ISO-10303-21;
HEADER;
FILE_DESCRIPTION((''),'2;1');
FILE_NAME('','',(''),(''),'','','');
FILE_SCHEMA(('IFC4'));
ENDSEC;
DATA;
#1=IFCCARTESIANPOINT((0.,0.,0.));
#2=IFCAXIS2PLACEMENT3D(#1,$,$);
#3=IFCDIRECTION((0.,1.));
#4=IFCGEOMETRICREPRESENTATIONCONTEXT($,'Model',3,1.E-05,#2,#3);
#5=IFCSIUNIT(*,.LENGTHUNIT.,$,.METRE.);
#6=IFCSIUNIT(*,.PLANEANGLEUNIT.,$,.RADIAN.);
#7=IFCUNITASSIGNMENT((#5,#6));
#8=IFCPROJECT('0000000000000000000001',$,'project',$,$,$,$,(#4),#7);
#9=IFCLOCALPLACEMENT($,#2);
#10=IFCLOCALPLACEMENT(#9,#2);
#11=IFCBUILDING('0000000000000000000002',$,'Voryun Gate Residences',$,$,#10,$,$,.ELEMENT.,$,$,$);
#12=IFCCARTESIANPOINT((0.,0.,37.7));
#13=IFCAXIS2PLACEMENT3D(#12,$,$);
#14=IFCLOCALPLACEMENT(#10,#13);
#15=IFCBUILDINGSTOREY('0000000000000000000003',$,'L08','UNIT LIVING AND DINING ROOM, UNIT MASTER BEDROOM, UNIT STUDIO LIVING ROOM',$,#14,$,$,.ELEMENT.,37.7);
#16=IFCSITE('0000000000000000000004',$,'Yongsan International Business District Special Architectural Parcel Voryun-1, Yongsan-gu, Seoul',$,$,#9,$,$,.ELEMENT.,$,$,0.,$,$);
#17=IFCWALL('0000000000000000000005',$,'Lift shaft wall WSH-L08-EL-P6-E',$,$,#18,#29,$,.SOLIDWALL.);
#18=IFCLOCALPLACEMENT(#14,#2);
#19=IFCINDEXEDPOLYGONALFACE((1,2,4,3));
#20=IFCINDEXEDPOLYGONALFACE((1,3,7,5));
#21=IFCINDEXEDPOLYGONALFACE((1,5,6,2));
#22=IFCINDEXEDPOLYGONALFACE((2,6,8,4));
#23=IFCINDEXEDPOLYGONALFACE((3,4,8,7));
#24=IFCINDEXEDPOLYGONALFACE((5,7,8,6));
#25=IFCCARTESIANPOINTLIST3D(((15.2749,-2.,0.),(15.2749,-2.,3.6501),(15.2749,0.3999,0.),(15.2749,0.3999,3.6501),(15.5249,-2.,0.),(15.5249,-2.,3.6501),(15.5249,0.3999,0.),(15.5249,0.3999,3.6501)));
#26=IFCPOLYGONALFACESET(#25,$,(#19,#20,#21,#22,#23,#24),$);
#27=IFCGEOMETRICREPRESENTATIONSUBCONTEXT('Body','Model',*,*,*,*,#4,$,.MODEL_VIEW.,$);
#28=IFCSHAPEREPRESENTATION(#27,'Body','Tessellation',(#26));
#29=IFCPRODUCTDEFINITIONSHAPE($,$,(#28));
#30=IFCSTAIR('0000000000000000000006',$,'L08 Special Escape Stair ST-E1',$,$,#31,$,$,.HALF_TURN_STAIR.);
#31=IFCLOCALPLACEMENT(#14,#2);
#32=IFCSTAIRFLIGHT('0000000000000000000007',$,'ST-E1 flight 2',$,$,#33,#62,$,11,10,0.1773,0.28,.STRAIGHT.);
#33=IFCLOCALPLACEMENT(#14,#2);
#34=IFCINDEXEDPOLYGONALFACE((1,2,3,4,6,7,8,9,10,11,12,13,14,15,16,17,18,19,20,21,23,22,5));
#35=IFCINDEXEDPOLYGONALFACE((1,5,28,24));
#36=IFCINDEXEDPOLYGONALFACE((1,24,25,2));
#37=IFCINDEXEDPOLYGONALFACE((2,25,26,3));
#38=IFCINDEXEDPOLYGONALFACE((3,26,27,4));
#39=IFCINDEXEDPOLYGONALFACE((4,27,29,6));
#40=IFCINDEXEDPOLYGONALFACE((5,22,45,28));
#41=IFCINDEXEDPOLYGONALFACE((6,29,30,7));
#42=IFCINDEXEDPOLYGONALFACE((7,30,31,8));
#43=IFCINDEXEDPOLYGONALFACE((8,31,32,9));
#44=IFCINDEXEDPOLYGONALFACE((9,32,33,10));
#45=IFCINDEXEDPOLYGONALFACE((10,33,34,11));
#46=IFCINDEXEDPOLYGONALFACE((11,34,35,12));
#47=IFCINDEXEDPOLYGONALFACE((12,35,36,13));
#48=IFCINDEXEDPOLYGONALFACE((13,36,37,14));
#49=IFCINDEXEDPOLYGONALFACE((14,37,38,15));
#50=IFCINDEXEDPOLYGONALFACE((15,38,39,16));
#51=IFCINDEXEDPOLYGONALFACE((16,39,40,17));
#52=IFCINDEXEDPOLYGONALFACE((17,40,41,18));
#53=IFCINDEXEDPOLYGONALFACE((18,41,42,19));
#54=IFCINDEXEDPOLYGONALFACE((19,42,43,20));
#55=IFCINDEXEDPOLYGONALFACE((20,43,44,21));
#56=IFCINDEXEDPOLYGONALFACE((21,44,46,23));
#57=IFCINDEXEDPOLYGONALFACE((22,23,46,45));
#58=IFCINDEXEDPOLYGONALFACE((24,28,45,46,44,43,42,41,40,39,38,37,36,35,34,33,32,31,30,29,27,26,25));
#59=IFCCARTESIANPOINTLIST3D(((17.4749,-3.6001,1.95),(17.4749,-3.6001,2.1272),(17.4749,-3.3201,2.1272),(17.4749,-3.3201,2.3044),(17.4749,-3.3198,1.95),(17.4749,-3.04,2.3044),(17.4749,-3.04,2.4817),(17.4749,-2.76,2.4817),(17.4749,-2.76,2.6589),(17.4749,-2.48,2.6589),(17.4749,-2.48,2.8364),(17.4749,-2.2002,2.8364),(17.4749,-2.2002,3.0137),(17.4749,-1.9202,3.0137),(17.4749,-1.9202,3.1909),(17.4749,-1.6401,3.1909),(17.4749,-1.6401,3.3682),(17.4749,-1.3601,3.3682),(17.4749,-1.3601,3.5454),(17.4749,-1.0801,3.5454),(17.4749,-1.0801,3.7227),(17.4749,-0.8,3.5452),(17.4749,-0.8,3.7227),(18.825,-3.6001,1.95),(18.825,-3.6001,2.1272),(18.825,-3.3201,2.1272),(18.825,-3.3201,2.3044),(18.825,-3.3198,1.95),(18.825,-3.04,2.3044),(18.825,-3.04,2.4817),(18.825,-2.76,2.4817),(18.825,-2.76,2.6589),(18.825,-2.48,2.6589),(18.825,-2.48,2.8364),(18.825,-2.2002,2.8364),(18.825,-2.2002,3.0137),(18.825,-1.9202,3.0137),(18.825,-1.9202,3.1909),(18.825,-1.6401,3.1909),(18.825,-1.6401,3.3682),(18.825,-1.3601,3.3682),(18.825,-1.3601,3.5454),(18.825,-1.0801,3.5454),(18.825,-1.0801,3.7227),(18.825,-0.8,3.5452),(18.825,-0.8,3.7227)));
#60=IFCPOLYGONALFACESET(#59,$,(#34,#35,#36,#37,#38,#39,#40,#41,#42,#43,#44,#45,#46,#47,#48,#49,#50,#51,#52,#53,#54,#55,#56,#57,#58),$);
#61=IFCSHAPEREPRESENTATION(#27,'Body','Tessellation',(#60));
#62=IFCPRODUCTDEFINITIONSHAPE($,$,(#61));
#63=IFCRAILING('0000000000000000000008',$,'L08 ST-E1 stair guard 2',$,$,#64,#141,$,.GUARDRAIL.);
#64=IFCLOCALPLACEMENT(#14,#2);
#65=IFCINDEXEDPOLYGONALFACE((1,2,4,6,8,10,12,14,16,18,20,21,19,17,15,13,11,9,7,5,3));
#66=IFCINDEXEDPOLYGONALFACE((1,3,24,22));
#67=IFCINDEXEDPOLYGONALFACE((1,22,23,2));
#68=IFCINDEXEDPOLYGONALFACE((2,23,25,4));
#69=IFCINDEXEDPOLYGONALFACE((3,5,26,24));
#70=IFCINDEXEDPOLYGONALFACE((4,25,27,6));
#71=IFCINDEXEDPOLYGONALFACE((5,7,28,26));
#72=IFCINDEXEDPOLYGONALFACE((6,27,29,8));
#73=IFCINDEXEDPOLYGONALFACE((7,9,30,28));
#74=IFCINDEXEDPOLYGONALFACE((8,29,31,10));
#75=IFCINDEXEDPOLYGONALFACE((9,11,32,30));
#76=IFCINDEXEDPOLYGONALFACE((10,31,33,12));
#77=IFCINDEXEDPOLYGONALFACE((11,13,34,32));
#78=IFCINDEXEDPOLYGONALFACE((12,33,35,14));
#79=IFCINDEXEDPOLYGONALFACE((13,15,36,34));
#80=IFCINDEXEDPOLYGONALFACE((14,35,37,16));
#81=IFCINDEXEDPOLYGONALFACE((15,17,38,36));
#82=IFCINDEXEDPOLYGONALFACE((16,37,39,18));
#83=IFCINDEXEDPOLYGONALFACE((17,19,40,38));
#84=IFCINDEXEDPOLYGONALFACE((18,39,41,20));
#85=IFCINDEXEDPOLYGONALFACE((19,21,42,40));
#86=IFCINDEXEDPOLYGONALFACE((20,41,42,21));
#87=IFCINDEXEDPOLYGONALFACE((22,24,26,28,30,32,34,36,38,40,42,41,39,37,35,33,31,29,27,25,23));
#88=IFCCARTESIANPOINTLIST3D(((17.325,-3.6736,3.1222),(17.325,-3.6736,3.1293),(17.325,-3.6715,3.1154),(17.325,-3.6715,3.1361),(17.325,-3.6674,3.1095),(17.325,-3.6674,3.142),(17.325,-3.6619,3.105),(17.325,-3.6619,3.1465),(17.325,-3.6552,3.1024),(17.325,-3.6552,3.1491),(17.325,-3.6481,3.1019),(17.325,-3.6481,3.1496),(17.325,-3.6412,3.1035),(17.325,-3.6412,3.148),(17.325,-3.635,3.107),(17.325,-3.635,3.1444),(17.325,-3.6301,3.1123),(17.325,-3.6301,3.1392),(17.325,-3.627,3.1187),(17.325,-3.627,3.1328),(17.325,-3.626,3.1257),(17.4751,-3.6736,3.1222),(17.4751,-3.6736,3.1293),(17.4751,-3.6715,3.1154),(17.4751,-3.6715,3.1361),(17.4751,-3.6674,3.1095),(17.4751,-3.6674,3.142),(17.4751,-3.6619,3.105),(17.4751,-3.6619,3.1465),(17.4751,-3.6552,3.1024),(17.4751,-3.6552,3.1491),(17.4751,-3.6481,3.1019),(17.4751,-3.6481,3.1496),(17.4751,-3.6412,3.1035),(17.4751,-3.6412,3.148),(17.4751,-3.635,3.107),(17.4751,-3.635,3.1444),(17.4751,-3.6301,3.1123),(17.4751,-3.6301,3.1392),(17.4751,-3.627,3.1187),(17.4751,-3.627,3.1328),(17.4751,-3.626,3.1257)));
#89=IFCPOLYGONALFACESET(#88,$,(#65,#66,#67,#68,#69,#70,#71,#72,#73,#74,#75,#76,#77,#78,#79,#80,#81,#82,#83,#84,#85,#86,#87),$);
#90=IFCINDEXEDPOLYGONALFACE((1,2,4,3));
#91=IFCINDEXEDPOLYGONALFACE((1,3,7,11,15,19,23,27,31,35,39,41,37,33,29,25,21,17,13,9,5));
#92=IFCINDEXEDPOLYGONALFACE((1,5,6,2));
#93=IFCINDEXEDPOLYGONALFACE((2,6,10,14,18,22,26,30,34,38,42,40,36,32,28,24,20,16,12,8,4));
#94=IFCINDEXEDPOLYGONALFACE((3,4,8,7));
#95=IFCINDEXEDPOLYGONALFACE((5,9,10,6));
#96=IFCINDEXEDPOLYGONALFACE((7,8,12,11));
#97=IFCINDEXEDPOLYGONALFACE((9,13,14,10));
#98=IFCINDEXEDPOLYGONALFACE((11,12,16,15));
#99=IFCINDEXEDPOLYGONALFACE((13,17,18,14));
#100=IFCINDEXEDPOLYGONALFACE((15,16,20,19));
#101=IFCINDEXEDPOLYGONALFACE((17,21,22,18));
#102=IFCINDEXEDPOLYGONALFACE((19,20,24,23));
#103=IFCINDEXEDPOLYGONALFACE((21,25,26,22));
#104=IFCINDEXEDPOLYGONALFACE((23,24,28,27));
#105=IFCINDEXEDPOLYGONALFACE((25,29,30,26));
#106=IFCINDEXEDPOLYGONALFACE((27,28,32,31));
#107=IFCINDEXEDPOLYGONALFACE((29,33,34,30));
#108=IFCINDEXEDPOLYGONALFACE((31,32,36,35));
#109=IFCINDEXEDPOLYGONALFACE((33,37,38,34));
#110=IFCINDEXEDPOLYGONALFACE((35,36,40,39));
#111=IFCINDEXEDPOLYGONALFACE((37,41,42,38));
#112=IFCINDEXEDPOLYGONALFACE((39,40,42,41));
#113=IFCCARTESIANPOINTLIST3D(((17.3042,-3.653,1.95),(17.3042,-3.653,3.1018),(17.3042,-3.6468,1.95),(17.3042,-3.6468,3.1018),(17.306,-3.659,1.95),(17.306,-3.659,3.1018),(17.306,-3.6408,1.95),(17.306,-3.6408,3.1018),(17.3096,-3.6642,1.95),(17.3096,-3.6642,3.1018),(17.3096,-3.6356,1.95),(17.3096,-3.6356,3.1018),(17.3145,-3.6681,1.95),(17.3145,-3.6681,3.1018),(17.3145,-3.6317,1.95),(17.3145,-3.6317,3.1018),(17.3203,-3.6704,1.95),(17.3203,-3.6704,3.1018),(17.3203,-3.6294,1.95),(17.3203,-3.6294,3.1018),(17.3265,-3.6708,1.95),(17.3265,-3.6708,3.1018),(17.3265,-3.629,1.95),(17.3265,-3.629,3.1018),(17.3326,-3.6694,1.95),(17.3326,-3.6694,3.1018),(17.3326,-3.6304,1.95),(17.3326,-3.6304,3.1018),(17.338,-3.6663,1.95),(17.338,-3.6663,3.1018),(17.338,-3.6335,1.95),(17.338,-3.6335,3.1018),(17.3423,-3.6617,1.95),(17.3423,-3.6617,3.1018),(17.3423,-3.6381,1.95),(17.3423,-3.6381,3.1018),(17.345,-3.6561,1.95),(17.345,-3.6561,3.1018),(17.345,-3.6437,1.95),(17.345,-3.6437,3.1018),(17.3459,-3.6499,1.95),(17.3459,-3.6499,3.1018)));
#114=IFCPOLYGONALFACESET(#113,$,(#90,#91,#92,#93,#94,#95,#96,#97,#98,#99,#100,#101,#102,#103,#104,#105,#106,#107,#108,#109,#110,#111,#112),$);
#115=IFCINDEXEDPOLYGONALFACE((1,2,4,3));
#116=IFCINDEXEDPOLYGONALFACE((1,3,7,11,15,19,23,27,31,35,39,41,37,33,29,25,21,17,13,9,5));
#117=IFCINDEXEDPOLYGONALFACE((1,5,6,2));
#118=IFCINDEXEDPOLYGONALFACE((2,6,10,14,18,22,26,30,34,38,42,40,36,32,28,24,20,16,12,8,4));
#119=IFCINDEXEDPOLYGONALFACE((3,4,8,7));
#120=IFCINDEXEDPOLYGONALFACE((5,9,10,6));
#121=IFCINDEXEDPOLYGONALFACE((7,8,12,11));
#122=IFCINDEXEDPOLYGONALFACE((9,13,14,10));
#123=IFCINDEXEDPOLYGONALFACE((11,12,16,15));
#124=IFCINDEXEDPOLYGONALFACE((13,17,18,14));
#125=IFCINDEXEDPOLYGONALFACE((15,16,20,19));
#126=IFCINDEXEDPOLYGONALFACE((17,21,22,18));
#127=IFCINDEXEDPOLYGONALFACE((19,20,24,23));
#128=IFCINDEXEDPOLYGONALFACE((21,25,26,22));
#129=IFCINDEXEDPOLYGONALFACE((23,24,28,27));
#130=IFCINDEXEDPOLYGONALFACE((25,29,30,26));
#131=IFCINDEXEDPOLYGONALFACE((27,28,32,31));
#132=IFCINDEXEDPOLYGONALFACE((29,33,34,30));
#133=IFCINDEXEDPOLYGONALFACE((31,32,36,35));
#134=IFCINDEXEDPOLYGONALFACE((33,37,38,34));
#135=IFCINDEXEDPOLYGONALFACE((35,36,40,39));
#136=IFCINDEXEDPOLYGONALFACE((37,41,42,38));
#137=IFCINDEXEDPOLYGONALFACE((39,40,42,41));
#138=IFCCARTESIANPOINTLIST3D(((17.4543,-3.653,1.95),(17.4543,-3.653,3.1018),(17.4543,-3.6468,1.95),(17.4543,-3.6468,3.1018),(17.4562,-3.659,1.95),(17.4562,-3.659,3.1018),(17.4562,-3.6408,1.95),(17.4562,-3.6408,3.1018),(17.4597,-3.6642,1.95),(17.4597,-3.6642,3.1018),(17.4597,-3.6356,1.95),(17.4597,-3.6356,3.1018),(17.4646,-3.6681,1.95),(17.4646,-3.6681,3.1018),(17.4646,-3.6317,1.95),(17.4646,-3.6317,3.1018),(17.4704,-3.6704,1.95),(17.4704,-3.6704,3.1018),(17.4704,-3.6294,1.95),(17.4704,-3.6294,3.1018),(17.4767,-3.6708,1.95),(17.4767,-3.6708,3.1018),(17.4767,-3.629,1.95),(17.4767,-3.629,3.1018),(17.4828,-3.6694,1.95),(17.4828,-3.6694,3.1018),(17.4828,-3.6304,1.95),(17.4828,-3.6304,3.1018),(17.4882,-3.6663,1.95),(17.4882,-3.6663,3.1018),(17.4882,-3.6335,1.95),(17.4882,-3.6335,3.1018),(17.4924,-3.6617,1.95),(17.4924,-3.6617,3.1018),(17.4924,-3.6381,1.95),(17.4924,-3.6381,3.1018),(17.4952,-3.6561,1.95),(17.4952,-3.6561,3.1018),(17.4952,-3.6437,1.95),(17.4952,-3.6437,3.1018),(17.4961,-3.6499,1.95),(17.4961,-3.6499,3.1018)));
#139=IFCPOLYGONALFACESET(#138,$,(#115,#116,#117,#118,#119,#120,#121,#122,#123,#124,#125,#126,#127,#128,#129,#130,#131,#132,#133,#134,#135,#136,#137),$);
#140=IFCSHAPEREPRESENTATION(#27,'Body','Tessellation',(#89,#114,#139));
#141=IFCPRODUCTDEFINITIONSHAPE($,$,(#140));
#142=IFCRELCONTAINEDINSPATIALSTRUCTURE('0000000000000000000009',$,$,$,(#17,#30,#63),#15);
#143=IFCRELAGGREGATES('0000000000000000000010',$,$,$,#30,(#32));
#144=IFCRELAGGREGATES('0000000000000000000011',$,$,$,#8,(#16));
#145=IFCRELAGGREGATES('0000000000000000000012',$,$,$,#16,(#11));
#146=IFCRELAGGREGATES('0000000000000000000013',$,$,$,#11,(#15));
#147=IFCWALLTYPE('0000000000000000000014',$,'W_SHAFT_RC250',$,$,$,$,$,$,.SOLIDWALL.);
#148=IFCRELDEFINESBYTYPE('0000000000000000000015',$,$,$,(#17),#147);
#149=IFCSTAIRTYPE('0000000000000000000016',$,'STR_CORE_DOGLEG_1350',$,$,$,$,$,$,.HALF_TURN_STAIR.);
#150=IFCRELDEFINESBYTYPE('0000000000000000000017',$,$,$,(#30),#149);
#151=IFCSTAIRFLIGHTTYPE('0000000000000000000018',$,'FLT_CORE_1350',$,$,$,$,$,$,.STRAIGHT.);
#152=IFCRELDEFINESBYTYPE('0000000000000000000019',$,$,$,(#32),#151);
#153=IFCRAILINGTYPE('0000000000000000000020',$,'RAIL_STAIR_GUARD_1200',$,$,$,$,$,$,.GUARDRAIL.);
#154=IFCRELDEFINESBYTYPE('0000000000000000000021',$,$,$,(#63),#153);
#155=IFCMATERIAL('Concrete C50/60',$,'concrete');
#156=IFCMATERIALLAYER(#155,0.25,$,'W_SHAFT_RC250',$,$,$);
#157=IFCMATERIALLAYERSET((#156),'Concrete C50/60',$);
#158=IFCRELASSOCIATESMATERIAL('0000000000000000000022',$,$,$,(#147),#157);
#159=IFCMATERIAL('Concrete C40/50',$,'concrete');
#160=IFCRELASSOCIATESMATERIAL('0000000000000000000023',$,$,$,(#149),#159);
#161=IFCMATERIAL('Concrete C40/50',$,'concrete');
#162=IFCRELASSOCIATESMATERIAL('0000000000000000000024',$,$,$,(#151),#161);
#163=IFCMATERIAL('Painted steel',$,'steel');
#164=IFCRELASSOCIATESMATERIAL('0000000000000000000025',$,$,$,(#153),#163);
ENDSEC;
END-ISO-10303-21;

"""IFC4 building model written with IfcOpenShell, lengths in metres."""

from ifc_helpers import new_model, si_unit, direction, frame, frame_2d, origin, origin_2d, place, context, subcontext, project, spatial, polyline, rectangle, circle, outline, extrude, material, layer, layer_set, type_object, element, aggregate, save


model = new_model("IFC4")

# Units and contexts
model_context = context("Model", 3, precision=1e-05, world=origin(), true_north=direction((0.0, 1.0)))
body_context = subcontext(model_context, "Body", "Model", "MODEL_VIEW")
ifc_project = project(units=[si_unit("LENGTHUNIT", "METRE"), si_unit("PLANEANGLEUNIT", "RADIAN")], contexts=[model_context])

# Site, building, storey
site_placement = place(None, origin())
site = spatial("IfcSite", under=ifc_project, at=site_placement, Name="Yongsan International Business District Special Architectural Parcel Voryun-1, Yongsan-gu, Seoul", CompositionType="ELEMENT", RefElevation=0.0)
building_placement = place(site_placement, origin())
building = spatial("IfcBuilding", under=site, at=building_placement, Name="Voryun Gate Residences", CompositionType="ELEMENT")
storey_placement = place(building_placement, frame((0.0, 0.0, 37.7)))
storey = spatial("IfcBuildingStorey", under=building, at=storey_placement, Name="L08", Description="UNIT LIVING AND DINING ROOM, UNIT MASTER BEDROOM, UNIT STUDIO LIVING ROOM", CompositionType="ELEMENT", Elevation=37.7)

# Wall
ifc_material_1 = material(Name="Concrete C50/60", Category="concrete")
ifc_layer_1 = layer(ifc_material_1, 0.25, Name="W_SHAFT_RC250")
ifc_layer_set_1 = layer_set([ifc_layer_1], Name="Concrete C50/60")
wall_type_1 = type_object("IfcWallType", Name="W_SHAFT_RC250", PredefinedType="SOLIDWALL", material=ifc_layer_set_1)
wall_1_placement = place(storey_placement, frame((15.3999, -2.0, 0.0), z_axis=(0.0, 0.0, 1.0), x_axis=(0.0, 1.0, 0.0)))
element("IfcWall", 1, at=wall_1_placement, inside=storey, type_object=wall_type_1, Name="Lift shaft wall WSH-L08-EL-P6-E", PredefinedType="SOLIDWALL", context=body_context, shape_type="SweptSolid", body=[
    extrude(rectangle(XDim=2.3999, YDim=0.25, at=frame_2d((1.2, 0.0))), origin(), (0.0, 0.0, 1.0), 3.6501),
])

# Stair, stair flight
ifc_material_2 = material(Name="Concrete C40/50", Category="concrete")
stair_type = type_object("IfcStairType", Name="STR_CORE_DOGLEG_1350", PredefinedType="HALF_TURN_STAIR", material=ifc_material_2)
stair_placement = place(storey_placement, origin())
stair = element("IfcStair", 2, at=stair_placement, inside=storey, type_object=stair_type, Name="L08 Special Escape Stair ST-E1", PredefinedType="HALF_TURN_STAIR")
ifc_material_3 = material(Name="Concrete C40/50", Category="concrete")
stair_flight_type = type_object("IfcStairFlightType", Name="FLT_CORE_1350", PredefinedType="STRAIGHT", material=ifc_material_3)
stair_flight_placement = place(storey_placement, frame((18.1499, -3.6001, 1.95), z_axis=(0.0, 0.0, 1.0), x_axis=(0.0, 1.0, 0.0)))
stair_flight = element("IfcStairFlight", 3, at=stair_flight_placement, type_object=stair_flight_type, Name="ST-E1 flight 2", NumberOfRisers=11, NumberOfTreads=10, PredefinedType="STRAIGHT", RiserHeight=0.1773, TreadLength=0.28, context=body_context, shape_type="SweptSolid", body=[
    extrude(outline(polyline([(0.0, 0.0), (0.0, 0.1772), (0.28, 0.1772), (0.28, 0.3545), (0.5601, 0.3545), (0.5601, 0.5317), (0.8401, 0.5317), (0.8401, 0.709), (1.1201, 0.709), (1.1201, 0.8865), (1.3999, 0.8865), (1.3999, 1.0637), (1.6799, 1.0637), (1.6799, 1.241), (1.96, 1.241), (1.96, 1.4182), (2.24, 1.4182), (2.24, 1.5955), (2.52, 1.5955), (2.52, 1.7727), (2.8, 1.7727), (2.8, 1.95), (2.8, 1.5952), (0.2803, 0.0), (0.0, 0.0)])), frame((0.0, 0.675, 0.0), z_axis=(0.0, -1.0, 0.0), x_axis=(1.0, 0.0, 0.0)), (0.0, 0.0, 1.0), 1.3501),
])
aggregate(stair, [stair_flight])

# Railing
ifc_material_4 = material(Name="Painted steel", Category="steel")
railing_type_1 = type_object("IfcRailingType", Name="RAIL_STAIR_GUARD_1200", PredefinedType="GUARDRAIL", material=ifc_material_4)
railing_1_placement = place(storey_placement, frame((17.325, -3.6499, 1.95)))
element("IfcRailing", 4, at=railing_1_placement, inside=storey, type_object=railing_type_1, Name="L08 ST-E1 stair guard 2", PredefinedType="GUARDRAIL", context=body_context, shape_type="SweptSolid", body=[
    extrude(circle(Radius=0.0239, at=origin_2d()), frame((0.0, 0.0, 1.1758), z_axis=(1.0, 0.0, 0.0), x_axis=(0.0, 1.0, 0.0)), (0.0, 0.0, 1.0), 0.1501),
    extrude(circle(Radius=0.021, at=origin_2d()), origin(), (0.0, 0.0, 1.0), 1.1519),
    extrude(circle(Radius=0.021, at=origin_2d()), frame((0.1501, 0.0, 0.0)), (0.0, 0.0, 1.0), 1.1519),
])

save(model, "model.ifc")
